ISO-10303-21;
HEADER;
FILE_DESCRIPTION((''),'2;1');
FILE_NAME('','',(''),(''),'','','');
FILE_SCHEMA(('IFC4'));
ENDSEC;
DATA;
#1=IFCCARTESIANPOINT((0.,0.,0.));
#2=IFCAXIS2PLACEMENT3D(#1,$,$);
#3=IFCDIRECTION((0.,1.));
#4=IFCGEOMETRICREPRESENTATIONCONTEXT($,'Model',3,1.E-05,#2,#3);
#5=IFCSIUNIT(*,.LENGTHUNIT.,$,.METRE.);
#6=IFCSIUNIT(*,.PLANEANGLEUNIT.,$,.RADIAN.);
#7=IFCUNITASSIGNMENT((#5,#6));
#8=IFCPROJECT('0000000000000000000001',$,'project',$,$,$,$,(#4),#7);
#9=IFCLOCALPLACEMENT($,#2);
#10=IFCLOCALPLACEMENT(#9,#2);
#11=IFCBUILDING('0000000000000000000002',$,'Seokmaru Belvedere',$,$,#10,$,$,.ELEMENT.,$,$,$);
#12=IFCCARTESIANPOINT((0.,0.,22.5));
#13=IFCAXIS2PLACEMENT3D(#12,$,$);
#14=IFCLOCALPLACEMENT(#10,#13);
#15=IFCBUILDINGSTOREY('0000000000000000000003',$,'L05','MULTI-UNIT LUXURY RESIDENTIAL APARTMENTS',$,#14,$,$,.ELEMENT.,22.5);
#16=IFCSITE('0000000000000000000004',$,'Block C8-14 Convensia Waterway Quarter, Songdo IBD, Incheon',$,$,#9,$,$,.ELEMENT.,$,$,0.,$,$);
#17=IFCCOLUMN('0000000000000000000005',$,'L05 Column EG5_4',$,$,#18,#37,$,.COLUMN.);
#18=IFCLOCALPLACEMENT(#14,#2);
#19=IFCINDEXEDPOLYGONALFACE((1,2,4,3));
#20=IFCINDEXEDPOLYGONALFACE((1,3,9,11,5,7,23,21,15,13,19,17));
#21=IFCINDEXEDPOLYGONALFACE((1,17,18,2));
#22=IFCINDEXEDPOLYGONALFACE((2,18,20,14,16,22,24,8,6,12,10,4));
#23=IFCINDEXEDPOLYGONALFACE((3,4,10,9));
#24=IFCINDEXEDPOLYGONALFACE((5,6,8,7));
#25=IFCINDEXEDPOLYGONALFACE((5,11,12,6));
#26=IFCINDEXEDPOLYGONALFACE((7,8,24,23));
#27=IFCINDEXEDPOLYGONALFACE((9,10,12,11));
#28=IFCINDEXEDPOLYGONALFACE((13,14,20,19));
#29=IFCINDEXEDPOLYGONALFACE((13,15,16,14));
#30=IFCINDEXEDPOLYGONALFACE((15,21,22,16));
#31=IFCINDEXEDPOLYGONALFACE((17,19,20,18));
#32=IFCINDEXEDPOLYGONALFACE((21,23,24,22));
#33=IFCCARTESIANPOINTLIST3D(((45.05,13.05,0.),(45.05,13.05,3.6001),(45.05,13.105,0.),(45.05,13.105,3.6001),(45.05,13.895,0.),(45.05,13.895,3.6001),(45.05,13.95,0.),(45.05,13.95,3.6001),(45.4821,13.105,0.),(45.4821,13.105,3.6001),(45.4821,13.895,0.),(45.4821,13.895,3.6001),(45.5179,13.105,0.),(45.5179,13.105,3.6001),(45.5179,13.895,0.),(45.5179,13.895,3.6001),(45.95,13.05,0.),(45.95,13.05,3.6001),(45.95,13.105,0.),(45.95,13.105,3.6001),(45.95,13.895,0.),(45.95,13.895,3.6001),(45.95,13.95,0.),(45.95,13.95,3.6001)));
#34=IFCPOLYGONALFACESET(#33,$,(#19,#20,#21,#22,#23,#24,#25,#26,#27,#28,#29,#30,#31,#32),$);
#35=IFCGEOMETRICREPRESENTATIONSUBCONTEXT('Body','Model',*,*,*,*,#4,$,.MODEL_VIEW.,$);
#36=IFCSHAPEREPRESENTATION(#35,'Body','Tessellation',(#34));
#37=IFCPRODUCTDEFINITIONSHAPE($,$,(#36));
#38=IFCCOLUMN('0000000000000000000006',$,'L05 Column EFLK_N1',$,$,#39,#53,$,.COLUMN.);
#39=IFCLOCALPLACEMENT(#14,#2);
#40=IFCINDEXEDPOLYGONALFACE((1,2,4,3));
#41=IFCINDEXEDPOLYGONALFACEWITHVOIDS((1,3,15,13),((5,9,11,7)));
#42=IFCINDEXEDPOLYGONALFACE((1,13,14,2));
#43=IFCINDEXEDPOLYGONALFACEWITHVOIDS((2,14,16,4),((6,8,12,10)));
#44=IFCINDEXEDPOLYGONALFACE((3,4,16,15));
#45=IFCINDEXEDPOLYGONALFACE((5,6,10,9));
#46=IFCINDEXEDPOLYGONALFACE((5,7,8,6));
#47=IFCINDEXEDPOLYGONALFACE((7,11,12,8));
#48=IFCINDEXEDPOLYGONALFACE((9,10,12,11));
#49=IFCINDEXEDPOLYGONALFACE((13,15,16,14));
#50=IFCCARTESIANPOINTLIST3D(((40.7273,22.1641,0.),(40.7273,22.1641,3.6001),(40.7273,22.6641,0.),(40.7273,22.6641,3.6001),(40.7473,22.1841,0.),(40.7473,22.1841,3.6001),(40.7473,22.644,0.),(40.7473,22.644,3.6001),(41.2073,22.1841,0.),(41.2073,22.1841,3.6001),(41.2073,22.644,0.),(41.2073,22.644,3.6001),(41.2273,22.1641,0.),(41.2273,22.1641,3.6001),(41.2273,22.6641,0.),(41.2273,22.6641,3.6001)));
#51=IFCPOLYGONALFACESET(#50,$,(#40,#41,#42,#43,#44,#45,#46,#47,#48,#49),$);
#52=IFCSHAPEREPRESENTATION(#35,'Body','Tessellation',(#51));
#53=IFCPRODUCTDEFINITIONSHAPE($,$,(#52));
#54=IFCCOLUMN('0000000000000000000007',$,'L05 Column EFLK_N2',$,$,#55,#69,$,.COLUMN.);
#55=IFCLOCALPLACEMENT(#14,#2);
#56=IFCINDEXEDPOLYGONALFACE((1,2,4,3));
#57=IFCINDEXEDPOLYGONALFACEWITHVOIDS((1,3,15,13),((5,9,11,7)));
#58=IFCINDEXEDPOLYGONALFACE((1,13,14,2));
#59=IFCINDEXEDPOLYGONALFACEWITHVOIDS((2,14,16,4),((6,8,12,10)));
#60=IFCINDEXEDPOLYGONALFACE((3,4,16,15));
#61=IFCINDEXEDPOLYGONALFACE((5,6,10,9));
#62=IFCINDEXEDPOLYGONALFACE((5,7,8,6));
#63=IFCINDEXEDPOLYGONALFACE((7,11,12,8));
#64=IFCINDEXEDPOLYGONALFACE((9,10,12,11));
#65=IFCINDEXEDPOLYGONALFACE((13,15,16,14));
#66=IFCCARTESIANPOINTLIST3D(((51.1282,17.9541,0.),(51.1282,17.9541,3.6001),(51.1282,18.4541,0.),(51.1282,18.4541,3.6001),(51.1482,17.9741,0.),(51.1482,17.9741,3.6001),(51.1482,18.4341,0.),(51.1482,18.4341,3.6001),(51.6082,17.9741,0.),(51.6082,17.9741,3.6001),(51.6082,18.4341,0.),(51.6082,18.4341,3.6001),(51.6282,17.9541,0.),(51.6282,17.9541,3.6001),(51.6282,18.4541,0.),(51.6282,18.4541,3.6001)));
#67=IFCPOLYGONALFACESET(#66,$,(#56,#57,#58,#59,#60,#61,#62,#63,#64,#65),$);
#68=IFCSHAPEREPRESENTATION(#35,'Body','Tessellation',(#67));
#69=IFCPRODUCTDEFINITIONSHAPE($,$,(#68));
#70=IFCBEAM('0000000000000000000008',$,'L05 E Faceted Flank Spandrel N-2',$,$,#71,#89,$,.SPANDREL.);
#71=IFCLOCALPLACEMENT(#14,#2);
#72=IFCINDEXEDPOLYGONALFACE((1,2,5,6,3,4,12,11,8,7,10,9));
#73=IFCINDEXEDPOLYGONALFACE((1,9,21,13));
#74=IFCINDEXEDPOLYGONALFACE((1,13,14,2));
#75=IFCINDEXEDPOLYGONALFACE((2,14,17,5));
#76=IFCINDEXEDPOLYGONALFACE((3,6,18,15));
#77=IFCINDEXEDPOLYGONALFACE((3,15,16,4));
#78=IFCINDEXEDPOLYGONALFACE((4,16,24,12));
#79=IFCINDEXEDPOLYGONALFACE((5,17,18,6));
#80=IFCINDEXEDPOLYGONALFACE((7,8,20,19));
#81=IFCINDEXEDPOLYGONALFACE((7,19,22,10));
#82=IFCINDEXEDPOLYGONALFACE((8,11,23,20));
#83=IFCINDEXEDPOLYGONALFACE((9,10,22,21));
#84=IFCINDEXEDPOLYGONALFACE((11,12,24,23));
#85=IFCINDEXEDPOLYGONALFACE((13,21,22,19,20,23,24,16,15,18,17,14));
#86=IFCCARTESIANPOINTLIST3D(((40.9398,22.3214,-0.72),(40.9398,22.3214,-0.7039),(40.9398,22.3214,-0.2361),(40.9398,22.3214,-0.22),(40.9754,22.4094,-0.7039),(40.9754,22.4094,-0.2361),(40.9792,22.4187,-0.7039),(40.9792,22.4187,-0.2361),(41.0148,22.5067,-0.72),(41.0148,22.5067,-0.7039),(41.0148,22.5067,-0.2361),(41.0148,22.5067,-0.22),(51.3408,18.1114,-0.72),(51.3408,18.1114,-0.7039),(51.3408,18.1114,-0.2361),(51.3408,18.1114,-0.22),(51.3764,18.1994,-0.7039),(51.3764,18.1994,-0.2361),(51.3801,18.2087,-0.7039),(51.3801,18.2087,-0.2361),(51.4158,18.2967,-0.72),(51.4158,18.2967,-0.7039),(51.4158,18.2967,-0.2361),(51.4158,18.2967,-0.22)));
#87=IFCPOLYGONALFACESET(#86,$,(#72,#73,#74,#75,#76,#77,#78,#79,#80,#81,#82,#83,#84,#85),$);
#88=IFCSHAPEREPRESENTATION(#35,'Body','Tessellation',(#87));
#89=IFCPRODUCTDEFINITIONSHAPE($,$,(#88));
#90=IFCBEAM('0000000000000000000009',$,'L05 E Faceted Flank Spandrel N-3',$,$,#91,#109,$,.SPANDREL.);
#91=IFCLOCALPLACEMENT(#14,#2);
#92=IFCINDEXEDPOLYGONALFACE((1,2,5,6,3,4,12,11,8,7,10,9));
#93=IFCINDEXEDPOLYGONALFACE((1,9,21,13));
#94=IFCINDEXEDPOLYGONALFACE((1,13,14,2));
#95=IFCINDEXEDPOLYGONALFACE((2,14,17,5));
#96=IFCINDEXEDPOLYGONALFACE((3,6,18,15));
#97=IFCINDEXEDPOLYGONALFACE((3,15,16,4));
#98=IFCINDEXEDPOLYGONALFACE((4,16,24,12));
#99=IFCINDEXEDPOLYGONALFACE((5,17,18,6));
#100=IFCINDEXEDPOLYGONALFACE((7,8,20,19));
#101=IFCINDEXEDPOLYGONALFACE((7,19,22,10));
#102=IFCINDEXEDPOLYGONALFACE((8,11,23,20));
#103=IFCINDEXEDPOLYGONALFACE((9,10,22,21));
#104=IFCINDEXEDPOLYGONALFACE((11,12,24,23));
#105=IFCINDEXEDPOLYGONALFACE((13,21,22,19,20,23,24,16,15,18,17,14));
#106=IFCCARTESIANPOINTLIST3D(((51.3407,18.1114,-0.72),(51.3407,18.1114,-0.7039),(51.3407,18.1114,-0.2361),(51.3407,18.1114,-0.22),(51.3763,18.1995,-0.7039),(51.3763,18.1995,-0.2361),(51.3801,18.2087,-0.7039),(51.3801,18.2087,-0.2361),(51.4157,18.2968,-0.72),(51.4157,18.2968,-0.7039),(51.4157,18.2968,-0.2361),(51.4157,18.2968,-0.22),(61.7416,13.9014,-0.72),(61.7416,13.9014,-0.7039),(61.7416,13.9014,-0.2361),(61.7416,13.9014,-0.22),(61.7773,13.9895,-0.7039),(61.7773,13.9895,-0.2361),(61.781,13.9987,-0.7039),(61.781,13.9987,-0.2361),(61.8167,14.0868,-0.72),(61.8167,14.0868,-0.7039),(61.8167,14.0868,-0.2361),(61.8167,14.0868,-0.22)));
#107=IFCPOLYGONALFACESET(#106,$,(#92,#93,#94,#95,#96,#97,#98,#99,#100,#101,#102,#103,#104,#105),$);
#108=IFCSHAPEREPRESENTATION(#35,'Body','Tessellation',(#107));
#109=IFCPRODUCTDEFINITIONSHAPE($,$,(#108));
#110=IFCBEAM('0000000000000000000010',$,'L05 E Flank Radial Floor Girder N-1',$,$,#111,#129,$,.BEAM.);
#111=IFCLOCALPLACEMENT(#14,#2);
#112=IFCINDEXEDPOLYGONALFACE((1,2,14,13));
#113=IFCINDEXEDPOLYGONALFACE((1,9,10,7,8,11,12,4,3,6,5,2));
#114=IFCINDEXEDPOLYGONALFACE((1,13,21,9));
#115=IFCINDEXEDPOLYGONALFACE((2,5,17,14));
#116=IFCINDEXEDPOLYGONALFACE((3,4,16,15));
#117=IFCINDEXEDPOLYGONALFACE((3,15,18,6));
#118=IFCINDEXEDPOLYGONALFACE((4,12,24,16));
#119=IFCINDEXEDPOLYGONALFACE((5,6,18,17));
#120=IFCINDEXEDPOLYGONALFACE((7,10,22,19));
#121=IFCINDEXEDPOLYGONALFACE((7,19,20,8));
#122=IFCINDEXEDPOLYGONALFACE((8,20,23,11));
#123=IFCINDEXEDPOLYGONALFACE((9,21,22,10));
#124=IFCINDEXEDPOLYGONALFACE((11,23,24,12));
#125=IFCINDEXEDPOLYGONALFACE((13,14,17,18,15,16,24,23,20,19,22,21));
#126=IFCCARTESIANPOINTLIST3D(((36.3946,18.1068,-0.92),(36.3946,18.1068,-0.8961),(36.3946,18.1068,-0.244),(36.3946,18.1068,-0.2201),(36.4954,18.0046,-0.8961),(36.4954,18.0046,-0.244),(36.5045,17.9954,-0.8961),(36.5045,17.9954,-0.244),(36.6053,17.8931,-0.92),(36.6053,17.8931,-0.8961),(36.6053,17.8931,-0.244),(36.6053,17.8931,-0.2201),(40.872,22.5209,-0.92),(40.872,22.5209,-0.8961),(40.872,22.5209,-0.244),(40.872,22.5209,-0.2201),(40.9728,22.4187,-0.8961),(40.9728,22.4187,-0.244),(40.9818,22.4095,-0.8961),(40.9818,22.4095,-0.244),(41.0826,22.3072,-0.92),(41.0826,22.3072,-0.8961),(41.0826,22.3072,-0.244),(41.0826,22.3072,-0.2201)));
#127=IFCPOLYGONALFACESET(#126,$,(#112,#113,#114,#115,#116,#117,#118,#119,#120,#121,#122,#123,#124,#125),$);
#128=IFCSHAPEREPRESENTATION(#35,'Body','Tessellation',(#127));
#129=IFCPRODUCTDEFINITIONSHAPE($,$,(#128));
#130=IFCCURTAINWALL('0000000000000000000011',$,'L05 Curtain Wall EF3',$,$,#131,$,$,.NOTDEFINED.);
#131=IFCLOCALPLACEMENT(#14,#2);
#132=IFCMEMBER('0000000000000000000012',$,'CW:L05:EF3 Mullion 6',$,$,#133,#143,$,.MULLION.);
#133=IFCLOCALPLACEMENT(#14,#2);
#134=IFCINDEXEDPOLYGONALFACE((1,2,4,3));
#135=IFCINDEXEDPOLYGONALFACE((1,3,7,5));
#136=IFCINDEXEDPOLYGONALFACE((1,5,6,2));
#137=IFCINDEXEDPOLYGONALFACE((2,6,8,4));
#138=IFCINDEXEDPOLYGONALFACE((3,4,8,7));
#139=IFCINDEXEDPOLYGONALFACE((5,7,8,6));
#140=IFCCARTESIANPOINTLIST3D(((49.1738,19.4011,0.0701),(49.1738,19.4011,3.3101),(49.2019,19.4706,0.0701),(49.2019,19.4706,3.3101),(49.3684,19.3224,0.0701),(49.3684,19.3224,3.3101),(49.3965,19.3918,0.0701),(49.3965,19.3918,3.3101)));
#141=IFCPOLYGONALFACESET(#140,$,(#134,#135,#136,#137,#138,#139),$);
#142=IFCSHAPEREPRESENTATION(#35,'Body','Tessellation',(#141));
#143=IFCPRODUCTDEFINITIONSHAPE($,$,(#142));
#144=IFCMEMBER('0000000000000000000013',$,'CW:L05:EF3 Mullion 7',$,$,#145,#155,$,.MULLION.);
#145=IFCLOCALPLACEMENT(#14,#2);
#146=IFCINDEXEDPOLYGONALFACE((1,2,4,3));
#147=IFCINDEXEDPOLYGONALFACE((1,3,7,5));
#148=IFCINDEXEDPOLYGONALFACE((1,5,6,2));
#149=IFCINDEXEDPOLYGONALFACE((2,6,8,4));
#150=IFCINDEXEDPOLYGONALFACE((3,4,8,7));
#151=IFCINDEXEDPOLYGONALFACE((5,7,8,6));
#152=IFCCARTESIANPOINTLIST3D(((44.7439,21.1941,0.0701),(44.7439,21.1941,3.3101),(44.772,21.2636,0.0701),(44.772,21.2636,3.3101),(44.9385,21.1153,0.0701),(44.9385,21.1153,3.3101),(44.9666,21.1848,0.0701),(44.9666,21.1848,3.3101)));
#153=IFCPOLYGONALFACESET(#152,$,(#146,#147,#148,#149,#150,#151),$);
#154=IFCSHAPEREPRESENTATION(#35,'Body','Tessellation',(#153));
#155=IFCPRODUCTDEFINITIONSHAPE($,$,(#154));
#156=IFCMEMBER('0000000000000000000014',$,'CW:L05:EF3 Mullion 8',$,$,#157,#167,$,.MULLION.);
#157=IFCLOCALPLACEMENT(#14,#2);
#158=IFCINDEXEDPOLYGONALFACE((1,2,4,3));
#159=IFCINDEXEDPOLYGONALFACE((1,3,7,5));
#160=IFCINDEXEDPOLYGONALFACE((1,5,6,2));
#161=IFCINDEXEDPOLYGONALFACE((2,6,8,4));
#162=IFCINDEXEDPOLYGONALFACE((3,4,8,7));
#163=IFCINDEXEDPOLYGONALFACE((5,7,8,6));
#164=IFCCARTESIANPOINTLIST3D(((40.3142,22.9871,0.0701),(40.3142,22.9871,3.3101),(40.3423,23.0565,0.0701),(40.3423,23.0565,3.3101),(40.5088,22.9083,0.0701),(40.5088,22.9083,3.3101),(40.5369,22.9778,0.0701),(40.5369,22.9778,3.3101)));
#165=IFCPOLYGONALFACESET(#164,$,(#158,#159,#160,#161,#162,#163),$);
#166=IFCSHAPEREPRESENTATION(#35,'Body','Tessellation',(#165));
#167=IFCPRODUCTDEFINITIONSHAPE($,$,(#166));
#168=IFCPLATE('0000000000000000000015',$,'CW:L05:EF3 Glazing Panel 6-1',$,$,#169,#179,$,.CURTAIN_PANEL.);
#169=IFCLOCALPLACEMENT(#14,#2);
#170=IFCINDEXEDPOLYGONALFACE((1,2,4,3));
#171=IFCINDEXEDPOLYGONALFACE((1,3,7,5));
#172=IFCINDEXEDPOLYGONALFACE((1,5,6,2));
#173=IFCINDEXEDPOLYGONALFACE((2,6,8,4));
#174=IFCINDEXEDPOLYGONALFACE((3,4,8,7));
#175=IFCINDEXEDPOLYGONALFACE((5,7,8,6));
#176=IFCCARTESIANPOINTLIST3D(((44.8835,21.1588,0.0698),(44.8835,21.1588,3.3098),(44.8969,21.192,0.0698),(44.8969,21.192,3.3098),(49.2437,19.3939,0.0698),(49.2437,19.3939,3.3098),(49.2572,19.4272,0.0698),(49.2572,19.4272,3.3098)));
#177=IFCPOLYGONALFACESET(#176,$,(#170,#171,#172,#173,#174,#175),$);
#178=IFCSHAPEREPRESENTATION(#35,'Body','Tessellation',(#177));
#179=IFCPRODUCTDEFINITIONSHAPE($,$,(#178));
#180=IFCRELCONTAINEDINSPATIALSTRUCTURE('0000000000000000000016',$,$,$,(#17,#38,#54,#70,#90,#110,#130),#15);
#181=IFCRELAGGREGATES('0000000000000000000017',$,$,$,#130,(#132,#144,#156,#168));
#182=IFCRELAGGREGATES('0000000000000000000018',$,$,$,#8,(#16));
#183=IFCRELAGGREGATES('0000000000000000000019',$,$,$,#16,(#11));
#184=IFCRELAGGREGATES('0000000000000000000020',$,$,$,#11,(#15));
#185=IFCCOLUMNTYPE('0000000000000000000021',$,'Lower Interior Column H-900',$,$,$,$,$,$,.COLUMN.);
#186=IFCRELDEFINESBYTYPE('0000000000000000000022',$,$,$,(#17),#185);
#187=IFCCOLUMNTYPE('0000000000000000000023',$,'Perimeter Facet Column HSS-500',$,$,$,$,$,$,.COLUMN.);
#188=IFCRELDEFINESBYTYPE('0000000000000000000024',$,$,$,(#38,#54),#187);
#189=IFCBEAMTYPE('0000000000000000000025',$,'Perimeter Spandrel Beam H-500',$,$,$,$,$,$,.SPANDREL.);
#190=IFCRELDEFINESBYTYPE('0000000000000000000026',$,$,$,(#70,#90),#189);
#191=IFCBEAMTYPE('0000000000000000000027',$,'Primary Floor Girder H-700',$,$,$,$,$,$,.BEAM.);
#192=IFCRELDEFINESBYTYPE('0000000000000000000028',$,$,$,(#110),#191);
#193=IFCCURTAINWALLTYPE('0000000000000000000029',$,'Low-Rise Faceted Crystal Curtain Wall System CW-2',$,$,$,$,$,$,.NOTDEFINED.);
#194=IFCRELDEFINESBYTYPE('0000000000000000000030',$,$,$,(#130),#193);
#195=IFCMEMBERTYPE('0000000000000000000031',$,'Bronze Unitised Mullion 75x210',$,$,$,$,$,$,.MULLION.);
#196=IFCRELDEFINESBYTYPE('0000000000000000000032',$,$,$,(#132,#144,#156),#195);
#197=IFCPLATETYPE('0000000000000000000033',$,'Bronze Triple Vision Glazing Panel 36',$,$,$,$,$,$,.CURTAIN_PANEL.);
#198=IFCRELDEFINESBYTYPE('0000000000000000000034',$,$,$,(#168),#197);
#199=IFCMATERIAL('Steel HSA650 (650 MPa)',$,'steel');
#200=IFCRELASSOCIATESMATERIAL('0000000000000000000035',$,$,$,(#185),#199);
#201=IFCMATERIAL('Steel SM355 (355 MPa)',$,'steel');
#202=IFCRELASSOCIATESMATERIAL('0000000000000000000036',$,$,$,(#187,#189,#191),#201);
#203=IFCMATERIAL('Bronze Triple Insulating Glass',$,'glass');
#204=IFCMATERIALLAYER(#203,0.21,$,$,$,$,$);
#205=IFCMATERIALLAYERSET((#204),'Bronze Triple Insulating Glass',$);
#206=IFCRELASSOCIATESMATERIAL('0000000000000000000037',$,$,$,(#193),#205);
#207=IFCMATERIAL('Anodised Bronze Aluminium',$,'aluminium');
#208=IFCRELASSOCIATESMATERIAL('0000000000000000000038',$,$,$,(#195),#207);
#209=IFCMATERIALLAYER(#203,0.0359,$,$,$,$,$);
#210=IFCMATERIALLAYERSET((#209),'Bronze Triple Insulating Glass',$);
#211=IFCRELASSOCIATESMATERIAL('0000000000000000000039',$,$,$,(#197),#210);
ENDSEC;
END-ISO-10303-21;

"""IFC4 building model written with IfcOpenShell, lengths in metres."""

from ifc_helpers import new_model, si_unit, direction, frame, origin, origin_2d, place, context, subcontext, project, spatial, rectangle, hollow_rectangle, i_section, extrude, source, transform, mapped, material, layer, layer_set, material_profile, profile_set, type_object, type_shapes, element, aggregate, save


model = new_model("IFC4")

# Units and contexts
model_context = context("Model", 3, precision=1e-05, world=origin(), true_north=direction((0.0, 1.0)))
body_context = subcontext(model_context, "Body", "Model", "MODEL_VIEW")
ifc_project = project(units=[si_unit("LENGTHUNIT", "METRE"), si_unit("PLANEANGLEUNIT", "RADIAN")], contexts=[model_context])

# Site, building, storey
site_placement = place(None, origin())
site = spatial("IfcSite", under=ifc_project, at=site_placement, Name="Block C8-14 Convensia Waterway Quarter, Songdo IBD, Incheon", CompositionType="ELEMENT", RefElevation=0.0)
building_placement = place(site_placement, origin())
building = spatial("IfcBuilding", under=site, at=building_placement, Name="Seokmaru Belvedere", CompositionType="ELEMENT")
storey_placement = place(building_placement, frame((0.0, 0.0, 22.5)))
storey = spatial("IfcBuildingStorey", under=building, at=storey_placement, Name="L05", Description="MULTI-UNIT LUXURY RESIDENTIAL APARTMENTS", CompositionType="ELEMENT", Elevation=22.5)

# Columns
ifc_material_1 = material(Name="Steel HSA650 (650 MPa)", Category="steel")
ifc_material_profile_1 = material_profile(ifc_material_1, i_section(OverallWidth=0.8999, OverallDepth=0.8999, WebThickness=0.0359, FlangeThickness=0.0549, at=origin_2d()), Name="H-900x900x36x55")
ifc_profile_set_1 = profile_set([ifc_material_profile_1], Name="Steel HSA650 (650 MPa)")
column_type_1 = type_object("IfcColumnType", Name="Lower Interior Column H-900", PredefinedType="COLUMN", material=ifc_profile_set_1)
shared_shape_1 = source(origin(), body_context, "Body", "SweptSolid", [
    extrude(i_section(OverallWidth=0.8999, OverallDepth=0.8999, WebThickness=0.0359, FlangeThickness=0.0549, at=origin_2d()), origin(), (0.0, 0.0, 1.0), 3.6001),
])
type_shapes(column_type_1, [shared_shape_1])
column_placement = place(storey_placement, frame((45.5, 13.5, 0.0), z_axis=(0.0, 0.0, 1.0), x_axis=(1.0, 0.0, 0.0)))
element("IfcColumn", 1, at=column_placement, inside=storey, type_object=column_type_1, Name="L05 Column EG5_4", PredefinedType="COLUMN", context=body_context, shape_type="MappedRepresentation", body=[
    mapped(shared_shape_1, transform((0.0, 0.0, 0.0), scale=1.0)),
])
ifc_material_2 = material(Name="Steel SM355 (355 MPa)", Category="steel")
ifc_material_profile_2 = material_profile(ifc_material_2, hollow_rectangle(XDim=0.5, YDim=0.5, WallThickness=0.02, at=origin_2d()), Name="HSS-500x500x20")
ifc_profile_set_2 = profile_set([ifc_material_profile_2], Name="Steel SM355 (355 MPa)")
column_type_2 = type_object("IfcColumnType", Name="Perimeter Facet Column HSS-500", PredefinedType="COLUMN", material=ifc_profile_set_2)
shared_shape_2 = source(origin(), body_context, "Body", "SweptSolid", [
    extrude(hollow_rectangle(XDim=0.5, YDim=0.5, WallThickness=0.02, at=origin_2d()), origin(), (0.0, 0.0, 1.0), 3.6001),
])
type_shapes(column_type_2, [shared_shape_2])
for number, where, z_axis, x_axis, name in (
    (2, (40.9773, 22.4141, 0.0), (0.0, 0.0, 1.0), (1.0, 0.0, 0.0), "L05 Column EFLK_N1"),
    (3, (51.3782, 18.2041, 0.0), (0.0, 0.0, 1.0), (1.0, 0.0, 0.0), "L05 Column EFLK_N2"),
):
    element("IfcColumn", number, at=place(storey_placement, frame(where, z_axis=z_axis, x_axis=x_axis)), inside=storey, type_object=column_type_2, Name=name, PredefinedType="COLUMN", context=body_context, shape_type="MappedRepresentation", body=[
        mapped(shared_shape_2, transform((0.0, 0.0, 0.0), scale=1.0)),
    ])

# Beams
ifc_material_profile_3 = material_profile(ifc_material_2, i_section(OverallWidth=0.2, OverallDepth=0.5, WebThickness=0.01, FlangeThickness=0.0161, at=origin_2d()), Name="H-500x200x10x16")
ifc_profile_set_3 = profile_set([ifc_material_profile_3], Name="Steel SM355 (355 MPa)")
beam_type_1 = type_object("IfcBeamType", Name="Perimeter Spandrel Beam H-500", PredefinedType="SPANDREL", material=ifc_profile_set_3)
shared_shape_3 = source(origin(), body_context, "Body", "SweptSolid", [
    extrude(i_section(OverallWidth=0.2, OverallDepth=0.5, WebThickness=0.01, FlangeThickness=0.0161, at=origin_2d()), origin(), (0.0, 0.0, 1.0), 11.2207),
])
type_shapes(beam_type_1, [shared_shape_3])
for number, where, z_axis, x_axis, name in (
    (4, (40.9773, 22.4141, -0.47), (0.926944, -0.375199, 0.0), (0.375199, 0.926944, 0.0), "L05 E Faceted Flank Spandrel N-2"),
    (5, (51.3782, 18.2041, -0.47), (0.926944, -0.375199, 0.0), (0.375199, 0.926944, 0.0), "L05 E Faceted Flank Spandrel N-3"),
):
    element("IfcBeam", number, at=place(storey_placement, frame(where, z_axis=z_axis, x_axis=x_axis)), inside=storey, type_object=beam_type_1, Name=name, PredefinedType="SPANDREL", context=body_context, shape_type="MappedRepresentation", body=[
        mapped(shared_shape_3, transform((0.0, 0.0, 0.0), scale=1.0)),
    ])
ifc_material_profile_4 = material_profile(ifc_material_2, i_section(OverallWidth=0.3, OverallDepth=0.7, WebThickness=0.0129, FlangeThickness=0.0239, at=origin_2d()), Name="H-700x300x13x24")
ifc_profile_set_4 = profile_set([ifc_material_profile_4], Name="Steel SM355 (355 MPa)")
beam_type_2 = type_object("IfcBeamType", Name="Primary Floor Girder H-700", PredefinedType="BEAM", material=ifc_profile_set_4)
shared_shape_4 = source(origin(), body_context, "Body", "SweptSolid", [
    extrude(i_section(OverallWidth=0.3, OverallDepth=0.7, WebThickness=0.0129, FlangeThickness=0.0239, at=origin_2d()), origin(), (0.0, 0.0, 1.0), 6.2874),
])
type_shapes(beam_type_2, [shared_shape_4])
beam_placement = place(storey_placement, frame((40.9773, 22.4141, -0.5701), z_axis=(-0.712117, -0.70206, 0.0), x_axis=(0.70206, -0.712117, 0.0)))
element("IfcBeam", 6, at=beam_placement, inside=storey, type_object=beam_type_2, Name="L05 E Flank Radial Floor Girder N-1", PredefinedType="BEAM", context=body_context, shape_type="MappedRepresentation", body=[
    mapped(shared_shape_4, transform((0.0, 0.0, 0.0), scale=1.0)),
])

# Curtain wall, members, plate
ifc_material_3 = material(Name="Bronze Triple Insulating Glass", Category="glass")
ifc_layer_1 = layer(ifc_material_3, 0.21)
ifc_layer_set_1 = layer_set([ifc_layer_1], Name="Bronze Triple Insulating Glass")
curtain_wall_type = type_object("IfcCurtainWallType", Name="Low-Rise Faceted Crystal Curtain Wall System CW-2", PredefinedType="NOTDEFINED", material=ifc_layer_set_1)
curtain_wall_placement = place(storey_placement, origin())
curtain_wall = element("IfcCurtainWall", 7, at=curtain_wall_placement, inside=storey, type_object=curtain_wall_type, Name="L05 Curtain Wall EF3", PredefinedType="NOTDEFINED")
ifc_material_4 = material(Name="Anodised Bronze Aluminium", Category="aluminium")
ifc_material_profile_5 = material_profile(ifc_material_4, rectangle(XDim=0.075, YDim=0.21, at=origin_2d()), Name="CW-M-75x210")
ifc_profile_set_5 = profile_set([ifc_material_profile_5], Name="Anodised Bronze Aluminium")
member_type = type_object("IfcMemberType", Name="Bronze Unitised Mullion 75x210", PredefinedType="MULLION", material=ifc_profile_set_5)
shared_shape_5 = source(origin(), body_context, "Body", "SweptSolid", [
    extrude(rectangle(XDim=0.075, YDim=0.21, at=origin_2d()), origin(), (0.0, 0.0, 1.0), 3.24),
])
type_shapes(member_type, [shared_shape_5])
member_1_placement = place(storey_placement, frame((49.2852, 19.3965, 0.0701), z_axis=(0.0, 0.0, 1.0), x_axis=(-0.375192, -0.926947, 0.0)))
member_1 = element("IfcMember", 8, at=member_1_placement, type_object=member_type, Name="CW:L05:EF3 Mullion 6", PredefinedType="MULLION", context=body_context, shape_type="MappedRepresentation", body=[
    mapped(shared_shape_5, transform((0.0, 0.0, 0.0), scale=1.0)),
])
member_2_placement = place(storey_placement, frame((44.8552, 21.1895, 0.0701), z_axis=(0.0, 0.0, 1.0), x_axis=(-0.375192, -0.926947, 0.0)))
member_2 = element("IfcMember", 9, at=member_2_placement, type_object=member_type, Name="CW:L05:EF3 Mullion 7", PredefinedType="MULLION", context=body_context, shape_type="MappedRepresentation", body=[
    mapped(shared_shape_5, transform((0.0, 0.0, 0.0), scale=1.0)),
])
member_3_placement = place(storey_placement, frame((40.4255, 22.9824, 0.0701), z_axis=(0.0, 0.0, 1.0), x_axis=(-0.375192, -0.926947, 0.0)))
member_3 = element("IfcMember", 10, at=member_3_placement, type_object=member_type, Name="CW:L05:EF3 Mullion 8", PredefinedType="MULLION", context=body_context, shape_type="MappedRepresentation", body=[
    mapped(shared_shape_5, transform((0.0, 0.0, 0.0), scale=1.0)),
])
ifc_layer_2 = layer(ifc_material_3, 0.0359)
ifc_layer_set_2 = layer_set([ifc_layer_2], Name="Bronze Triple Insulating Glass")
plate_type = type_object("IfcPlateType", Name="Bronze Triple Vision Glazing Panel 36", PredefinedType="CURTAIN_PANEL", material=ifc_layer_set_2)
shared_shape_6 = source(origin(), body_context, "Body", "SweptSolid", [
    extrude(rectangle(XDim=4.7039, YDim=0.0359, at=origin_2d()), origin(), (0.0, 0.0, 1.0), 3.24),
])
type_shapes(plate_type, [shared_shape_6])
plate_1_placement = place(storey_placement, frame((47.0703, 20.293, 0.0698), z_axis=(0.0, 0.0, 1.0), x_axis=(-0.926947, 0.375192, 0.0)))
plate_1 = element("IfcPlate", 11, at=plate_1_placement, type_object=plate_type, Name="CW:L05:EF3 Glazing Panel 6-1", PredefinedType="CURTAIN_PANEL", context=body_context, shape_type="MappedRepresentation", body=[
    mapped(shared_shape_6, transform((0.0, 0.0, 0.0), scale=1.0)),
])
aggregate(curtain_wall, [member_1, member_2, member_3, plate_1])

save(model, "model.ifc")
